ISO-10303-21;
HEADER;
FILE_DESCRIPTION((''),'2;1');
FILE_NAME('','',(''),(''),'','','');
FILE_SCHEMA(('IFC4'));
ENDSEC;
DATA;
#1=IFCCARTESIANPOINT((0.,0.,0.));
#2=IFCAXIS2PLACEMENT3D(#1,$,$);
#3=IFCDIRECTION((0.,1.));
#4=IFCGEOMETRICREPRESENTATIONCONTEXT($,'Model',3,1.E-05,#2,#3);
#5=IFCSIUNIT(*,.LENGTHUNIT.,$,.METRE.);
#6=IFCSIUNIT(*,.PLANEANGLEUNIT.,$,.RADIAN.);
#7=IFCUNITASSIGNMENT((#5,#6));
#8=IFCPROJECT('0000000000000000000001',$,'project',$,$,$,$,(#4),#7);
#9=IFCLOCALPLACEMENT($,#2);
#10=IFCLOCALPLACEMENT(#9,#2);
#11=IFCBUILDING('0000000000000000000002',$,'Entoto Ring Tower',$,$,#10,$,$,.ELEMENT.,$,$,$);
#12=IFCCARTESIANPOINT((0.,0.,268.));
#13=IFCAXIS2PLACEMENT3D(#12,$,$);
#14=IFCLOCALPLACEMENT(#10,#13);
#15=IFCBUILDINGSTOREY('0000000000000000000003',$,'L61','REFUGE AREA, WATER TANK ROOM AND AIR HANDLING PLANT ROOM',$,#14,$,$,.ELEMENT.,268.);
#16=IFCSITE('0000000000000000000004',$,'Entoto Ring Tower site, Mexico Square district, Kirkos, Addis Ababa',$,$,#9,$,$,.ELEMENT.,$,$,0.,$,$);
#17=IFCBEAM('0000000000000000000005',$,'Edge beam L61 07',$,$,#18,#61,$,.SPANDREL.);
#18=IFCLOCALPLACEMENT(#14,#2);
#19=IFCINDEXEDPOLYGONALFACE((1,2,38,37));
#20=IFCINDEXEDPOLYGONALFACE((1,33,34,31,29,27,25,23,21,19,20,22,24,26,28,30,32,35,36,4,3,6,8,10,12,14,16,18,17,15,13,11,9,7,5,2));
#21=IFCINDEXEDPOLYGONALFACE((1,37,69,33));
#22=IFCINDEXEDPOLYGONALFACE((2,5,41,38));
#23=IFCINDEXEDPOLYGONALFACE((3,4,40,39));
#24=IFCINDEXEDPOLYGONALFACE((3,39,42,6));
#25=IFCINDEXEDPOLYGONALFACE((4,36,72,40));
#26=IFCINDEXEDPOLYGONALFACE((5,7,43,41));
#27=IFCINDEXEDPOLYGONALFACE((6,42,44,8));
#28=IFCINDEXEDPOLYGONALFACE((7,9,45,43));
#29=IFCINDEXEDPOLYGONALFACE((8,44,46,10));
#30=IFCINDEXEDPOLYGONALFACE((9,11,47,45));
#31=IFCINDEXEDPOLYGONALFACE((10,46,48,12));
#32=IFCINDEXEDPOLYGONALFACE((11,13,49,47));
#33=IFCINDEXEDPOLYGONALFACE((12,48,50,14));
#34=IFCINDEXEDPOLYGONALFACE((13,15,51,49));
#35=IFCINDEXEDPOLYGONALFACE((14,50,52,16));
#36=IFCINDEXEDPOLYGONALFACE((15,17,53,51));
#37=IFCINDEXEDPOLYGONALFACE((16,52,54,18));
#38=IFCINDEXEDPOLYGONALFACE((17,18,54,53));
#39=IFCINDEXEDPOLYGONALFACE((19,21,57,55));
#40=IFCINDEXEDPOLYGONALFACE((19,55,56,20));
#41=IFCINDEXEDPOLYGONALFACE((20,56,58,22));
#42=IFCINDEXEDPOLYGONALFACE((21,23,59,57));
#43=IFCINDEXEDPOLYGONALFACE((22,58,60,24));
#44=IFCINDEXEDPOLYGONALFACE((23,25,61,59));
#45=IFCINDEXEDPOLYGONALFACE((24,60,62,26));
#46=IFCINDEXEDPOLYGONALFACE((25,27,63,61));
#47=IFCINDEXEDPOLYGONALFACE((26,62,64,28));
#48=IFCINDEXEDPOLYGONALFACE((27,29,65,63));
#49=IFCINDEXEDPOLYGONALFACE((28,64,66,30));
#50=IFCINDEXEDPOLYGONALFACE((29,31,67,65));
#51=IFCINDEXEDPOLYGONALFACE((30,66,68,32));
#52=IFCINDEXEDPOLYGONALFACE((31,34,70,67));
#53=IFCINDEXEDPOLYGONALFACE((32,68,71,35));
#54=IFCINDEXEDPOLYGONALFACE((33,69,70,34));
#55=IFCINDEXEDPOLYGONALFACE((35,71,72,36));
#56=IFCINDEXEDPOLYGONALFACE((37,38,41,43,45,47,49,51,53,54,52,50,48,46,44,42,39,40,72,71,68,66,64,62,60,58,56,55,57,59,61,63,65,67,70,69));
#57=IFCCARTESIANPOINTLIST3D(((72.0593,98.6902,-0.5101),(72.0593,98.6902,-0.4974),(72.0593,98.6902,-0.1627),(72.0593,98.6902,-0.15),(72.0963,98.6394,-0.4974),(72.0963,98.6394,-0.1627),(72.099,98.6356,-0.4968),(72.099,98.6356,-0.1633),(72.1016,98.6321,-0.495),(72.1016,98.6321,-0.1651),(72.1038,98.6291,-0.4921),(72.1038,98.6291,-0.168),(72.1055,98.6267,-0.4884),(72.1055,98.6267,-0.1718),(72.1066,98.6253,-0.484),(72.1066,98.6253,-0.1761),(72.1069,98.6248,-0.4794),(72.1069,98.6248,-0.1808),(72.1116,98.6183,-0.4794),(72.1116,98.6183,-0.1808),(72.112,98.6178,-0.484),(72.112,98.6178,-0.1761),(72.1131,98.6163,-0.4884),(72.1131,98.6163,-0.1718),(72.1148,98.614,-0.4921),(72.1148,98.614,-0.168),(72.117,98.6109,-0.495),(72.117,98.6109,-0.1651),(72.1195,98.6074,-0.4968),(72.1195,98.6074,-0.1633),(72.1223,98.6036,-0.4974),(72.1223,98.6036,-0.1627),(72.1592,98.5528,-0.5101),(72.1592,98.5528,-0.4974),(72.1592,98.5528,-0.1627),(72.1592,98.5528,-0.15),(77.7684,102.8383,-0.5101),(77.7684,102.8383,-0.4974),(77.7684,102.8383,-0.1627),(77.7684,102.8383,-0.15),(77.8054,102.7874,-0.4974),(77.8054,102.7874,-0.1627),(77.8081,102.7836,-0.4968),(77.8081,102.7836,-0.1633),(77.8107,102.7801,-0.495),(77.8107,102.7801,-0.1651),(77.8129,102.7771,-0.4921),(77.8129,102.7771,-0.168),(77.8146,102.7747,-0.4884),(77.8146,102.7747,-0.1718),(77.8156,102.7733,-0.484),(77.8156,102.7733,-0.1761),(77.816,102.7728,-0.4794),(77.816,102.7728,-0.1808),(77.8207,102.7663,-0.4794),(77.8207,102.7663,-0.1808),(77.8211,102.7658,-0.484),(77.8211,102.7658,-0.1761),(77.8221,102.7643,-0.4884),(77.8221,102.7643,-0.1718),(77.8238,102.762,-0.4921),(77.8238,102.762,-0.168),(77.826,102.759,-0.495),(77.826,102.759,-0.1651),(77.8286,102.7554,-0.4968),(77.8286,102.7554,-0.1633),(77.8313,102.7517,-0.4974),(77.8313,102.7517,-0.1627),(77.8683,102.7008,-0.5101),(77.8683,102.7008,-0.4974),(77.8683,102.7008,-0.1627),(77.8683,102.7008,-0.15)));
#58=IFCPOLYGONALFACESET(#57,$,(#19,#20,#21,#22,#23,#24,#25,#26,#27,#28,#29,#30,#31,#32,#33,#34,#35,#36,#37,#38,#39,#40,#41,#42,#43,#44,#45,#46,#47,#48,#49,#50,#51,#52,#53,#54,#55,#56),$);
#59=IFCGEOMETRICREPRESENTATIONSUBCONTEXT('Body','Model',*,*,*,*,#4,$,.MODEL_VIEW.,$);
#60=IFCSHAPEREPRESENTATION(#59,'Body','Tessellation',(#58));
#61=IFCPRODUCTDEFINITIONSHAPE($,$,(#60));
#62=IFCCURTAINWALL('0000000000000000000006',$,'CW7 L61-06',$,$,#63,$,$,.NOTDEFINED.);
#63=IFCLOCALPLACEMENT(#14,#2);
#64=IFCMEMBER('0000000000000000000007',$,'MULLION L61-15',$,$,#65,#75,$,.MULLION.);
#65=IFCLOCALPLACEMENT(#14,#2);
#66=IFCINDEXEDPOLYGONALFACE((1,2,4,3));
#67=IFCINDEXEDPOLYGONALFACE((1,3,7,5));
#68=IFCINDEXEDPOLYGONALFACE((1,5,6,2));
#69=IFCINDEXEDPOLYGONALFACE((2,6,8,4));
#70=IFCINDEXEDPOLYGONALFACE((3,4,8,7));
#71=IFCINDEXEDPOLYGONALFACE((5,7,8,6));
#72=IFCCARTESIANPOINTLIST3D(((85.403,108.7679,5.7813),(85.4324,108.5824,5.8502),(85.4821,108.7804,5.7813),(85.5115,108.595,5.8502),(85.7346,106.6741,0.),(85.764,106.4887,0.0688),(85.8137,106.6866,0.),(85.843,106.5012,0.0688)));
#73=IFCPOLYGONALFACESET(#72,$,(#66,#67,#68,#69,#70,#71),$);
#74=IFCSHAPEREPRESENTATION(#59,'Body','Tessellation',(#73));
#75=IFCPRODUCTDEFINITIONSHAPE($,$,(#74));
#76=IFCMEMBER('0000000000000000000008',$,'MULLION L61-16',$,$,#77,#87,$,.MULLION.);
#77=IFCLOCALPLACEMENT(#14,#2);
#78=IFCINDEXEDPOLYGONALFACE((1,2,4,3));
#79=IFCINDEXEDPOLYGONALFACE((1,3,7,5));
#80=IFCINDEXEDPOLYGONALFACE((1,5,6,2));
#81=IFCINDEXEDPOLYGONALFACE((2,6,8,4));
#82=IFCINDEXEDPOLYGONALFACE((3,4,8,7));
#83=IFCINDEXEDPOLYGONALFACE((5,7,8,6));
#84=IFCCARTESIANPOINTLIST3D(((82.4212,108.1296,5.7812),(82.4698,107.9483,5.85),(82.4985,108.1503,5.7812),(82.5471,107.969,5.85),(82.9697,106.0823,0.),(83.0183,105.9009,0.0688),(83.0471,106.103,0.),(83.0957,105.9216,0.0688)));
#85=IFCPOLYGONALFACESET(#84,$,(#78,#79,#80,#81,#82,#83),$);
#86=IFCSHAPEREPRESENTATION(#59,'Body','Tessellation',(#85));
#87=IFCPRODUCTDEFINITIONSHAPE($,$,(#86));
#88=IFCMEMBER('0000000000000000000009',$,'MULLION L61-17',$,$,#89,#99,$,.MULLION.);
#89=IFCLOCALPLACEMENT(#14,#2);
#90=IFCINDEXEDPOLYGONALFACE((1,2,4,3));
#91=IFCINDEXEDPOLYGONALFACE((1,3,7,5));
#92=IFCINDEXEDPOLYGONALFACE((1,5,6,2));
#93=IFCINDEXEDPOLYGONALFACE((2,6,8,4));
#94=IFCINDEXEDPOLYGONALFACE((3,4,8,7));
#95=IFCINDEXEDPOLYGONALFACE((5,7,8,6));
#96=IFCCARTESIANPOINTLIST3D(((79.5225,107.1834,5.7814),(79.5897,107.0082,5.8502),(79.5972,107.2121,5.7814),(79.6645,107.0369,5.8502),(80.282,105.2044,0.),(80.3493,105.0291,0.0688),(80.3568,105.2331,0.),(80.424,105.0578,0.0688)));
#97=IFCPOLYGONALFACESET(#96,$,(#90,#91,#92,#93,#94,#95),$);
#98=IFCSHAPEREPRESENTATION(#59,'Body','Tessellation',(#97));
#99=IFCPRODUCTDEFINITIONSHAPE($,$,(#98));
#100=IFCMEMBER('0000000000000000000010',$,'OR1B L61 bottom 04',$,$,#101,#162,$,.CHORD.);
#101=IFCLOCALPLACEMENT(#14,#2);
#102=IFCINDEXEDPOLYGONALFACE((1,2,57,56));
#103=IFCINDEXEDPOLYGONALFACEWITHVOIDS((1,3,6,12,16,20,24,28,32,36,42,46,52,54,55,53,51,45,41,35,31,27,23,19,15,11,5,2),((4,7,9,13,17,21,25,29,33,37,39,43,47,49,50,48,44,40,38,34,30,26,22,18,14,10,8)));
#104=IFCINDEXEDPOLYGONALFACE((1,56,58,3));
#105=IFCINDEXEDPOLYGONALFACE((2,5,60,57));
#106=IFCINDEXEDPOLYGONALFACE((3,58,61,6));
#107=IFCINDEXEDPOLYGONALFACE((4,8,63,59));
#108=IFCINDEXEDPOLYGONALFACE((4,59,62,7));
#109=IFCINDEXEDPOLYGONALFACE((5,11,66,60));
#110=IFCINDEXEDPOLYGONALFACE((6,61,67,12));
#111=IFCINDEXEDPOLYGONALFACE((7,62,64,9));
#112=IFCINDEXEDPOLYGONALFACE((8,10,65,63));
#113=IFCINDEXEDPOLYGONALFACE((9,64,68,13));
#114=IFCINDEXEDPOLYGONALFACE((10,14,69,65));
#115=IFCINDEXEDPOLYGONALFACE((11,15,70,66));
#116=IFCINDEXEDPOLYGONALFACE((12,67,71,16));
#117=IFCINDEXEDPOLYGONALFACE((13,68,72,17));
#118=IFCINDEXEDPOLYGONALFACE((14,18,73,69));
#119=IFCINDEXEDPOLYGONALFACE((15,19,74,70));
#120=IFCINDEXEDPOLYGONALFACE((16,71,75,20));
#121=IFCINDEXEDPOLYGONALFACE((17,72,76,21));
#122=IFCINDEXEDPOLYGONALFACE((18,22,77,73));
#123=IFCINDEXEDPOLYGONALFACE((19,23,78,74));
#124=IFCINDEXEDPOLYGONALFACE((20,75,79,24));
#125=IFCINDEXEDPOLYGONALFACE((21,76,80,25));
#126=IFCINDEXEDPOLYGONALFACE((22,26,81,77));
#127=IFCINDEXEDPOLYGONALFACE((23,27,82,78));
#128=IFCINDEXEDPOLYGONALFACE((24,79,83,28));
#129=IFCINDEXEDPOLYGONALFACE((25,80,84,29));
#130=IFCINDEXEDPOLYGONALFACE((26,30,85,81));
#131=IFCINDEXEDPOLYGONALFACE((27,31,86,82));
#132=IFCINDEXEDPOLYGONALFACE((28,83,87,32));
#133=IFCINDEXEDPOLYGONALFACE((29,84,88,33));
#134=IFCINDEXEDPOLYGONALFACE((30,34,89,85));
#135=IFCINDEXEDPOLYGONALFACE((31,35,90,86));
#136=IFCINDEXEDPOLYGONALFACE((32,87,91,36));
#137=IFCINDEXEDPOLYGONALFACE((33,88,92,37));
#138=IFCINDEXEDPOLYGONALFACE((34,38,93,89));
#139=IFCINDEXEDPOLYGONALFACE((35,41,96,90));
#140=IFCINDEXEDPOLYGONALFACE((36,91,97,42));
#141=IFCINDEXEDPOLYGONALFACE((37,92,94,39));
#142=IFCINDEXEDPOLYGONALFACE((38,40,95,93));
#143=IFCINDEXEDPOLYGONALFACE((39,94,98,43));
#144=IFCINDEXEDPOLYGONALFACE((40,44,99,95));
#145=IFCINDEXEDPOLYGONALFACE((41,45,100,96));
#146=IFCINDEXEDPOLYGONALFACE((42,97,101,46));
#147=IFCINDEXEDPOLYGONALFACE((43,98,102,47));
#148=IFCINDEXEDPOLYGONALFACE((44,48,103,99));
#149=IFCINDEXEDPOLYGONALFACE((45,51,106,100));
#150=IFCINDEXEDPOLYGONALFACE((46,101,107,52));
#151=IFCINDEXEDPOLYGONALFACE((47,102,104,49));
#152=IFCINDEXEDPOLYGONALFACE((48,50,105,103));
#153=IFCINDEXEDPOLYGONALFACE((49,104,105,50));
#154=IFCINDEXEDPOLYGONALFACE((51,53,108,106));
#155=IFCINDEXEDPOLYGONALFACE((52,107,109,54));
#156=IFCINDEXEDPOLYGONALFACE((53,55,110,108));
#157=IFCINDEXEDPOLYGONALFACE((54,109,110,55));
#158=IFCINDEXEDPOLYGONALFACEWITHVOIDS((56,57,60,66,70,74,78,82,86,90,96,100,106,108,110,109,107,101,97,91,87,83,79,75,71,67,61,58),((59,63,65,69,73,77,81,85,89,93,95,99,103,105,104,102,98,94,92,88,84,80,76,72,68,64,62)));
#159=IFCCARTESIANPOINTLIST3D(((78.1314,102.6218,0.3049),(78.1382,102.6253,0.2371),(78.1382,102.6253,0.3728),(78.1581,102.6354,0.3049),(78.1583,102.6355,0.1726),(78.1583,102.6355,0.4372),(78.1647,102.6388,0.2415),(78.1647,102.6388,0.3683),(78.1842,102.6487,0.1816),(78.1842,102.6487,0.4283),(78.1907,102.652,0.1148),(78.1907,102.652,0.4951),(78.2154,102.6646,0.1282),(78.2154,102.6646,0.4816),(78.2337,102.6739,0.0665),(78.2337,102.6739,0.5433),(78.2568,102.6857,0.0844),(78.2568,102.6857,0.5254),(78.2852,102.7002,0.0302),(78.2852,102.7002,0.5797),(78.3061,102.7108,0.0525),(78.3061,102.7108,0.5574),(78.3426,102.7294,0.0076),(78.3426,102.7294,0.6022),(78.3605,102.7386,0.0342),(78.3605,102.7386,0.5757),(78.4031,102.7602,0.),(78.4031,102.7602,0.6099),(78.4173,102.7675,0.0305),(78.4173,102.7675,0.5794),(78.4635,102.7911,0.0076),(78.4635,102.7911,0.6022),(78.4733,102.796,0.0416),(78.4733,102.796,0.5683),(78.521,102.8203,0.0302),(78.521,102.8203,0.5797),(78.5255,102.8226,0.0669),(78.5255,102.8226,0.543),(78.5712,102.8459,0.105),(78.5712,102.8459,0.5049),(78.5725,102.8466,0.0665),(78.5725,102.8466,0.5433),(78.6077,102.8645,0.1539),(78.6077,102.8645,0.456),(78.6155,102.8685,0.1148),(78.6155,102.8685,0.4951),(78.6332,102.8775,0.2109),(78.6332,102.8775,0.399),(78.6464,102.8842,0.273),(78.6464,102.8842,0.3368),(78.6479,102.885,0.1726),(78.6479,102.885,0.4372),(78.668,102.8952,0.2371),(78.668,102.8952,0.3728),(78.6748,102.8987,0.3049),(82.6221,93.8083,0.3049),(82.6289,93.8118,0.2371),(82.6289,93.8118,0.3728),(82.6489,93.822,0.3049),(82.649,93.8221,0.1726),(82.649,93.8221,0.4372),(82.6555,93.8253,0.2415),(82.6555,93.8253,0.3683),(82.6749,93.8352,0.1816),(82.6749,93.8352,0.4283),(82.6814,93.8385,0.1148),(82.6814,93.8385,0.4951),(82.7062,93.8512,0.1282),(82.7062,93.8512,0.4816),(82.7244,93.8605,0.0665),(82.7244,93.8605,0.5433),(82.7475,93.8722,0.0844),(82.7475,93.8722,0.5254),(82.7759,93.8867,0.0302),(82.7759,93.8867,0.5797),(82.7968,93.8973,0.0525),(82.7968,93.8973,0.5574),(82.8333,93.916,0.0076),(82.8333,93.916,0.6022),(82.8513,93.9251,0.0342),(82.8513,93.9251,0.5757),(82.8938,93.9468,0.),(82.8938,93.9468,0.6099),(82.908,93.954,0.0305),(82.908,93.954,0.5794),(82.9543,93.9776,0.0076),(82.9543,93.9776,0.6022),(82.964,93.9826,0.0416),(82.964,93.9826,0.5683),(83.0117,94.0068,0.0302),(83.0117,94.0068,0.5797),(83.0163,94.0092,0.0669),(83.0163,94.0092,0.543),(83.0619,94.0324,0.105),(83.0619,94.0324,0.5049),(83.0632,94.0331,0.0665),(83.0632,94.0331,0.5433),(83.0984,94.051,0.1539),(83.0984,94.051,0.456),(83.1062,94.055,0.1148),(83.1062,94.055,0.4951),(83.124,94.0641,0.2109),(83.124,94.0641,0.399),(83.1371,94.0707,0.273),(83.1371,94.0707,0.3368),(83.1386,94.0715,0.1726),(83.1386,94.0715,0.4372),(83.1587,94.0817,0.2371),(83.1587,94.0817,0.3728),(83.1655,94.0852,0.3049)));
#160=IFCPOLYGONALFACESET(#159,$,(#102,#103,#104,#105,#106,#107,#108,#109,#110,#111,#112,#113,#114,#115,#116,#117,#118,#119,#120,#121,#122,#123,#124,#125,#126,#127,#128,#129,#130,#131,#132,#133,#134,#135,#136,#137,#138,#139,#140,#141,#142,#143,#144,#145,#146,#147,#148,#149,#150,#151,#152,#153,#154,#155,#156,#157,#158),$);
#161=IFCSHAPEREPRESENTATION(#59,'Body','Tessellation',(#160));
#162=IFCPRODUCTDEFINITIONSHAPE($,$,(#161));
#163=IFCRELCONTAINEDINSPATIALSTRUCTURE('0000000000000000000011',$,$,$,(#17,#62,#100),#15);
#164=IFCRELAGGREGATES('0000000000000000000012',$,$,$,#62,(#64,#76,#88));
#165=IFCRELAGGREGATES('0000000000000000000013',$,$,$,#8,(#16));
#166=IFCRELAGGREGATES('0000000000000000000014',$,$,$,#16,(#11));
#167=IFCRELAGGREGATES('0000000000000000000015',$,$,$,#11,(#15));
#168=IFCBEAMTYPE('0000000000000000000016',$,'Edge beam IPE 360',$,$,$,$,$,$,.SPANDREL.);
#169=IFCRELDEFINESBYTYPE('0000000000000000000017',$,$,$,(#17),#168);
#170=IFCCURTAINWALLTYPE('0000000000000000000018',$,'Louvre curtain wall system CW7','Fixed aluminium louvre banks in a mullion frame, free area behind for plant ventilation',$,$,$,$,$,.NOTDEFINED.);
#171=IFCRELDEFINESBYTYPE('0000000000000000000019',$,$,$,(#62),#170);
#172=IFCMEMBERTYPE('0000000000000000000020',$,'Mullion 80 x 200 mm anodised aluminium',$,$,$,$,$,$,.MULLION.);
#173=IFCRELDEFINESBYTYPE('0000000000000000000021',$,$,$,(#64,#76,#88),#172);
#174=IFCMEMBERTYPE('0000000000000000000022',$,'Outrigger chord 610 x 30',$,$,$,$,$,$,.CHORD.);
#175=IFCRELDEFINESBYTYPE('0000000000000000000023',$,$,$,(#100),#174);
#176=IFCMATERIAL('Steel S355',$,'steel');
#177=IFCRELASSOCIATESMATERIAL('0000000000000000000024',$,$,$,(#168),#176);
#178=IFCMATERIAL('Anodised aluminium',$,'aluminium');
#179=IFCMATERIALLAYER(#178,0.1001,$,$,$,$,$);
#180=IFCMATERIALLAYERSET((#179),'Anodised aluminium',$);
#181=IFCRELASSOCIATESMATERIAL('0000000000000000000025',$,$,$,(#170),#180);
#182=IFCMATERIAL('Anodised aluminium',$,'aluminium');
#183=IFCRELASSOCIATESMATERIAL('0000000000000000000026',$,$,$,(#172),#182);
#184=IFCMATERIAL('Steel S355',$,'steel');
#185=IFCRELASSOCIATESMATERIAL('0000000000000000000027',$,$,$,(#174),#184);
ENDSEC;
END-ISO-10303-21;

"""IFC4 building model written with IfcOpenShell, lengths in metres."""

from ifc_helpers import new_model, si_unit, direction, frame, origin, origin_2d, place, context, subcontext, project, spatial, rectangle, circle, hollow_circle, i_section, extrude, material, layer, layer_set, material_profile, profile_set, type_object, element, aggregate, save


model = new_model("IFC4")

# Units and contexts
model_context = context("Model", 3, precision=1e-05, world=origin(), true_north=direction((0.0, 1.0)))
body_context = subcontext(model_context, "Body", "Model", "MODEL_VIEW")
ifc_project = project(units=[si_unit("LENGTHUNIT", "METRE"), si_unit("PLANEANGLEUNIT", "RADIAN")], contexts=[model_context])

# Site, building, storey
site_placement = place(None, origin())
site = spatial("IfcSite", under=ifc_project, at=site_placement, Name="Entoto Ring Tower site, Mexico Square district, Kirkos, Addis Ababa", CompositionType="ELEMENT", RefElevation=0.0)
building_placement = place(site_placement, origin())
building = spatial("IfcBuilding", under=site, at=building_placement, Name="Entoto Ring Tower", CompositionType="ELEMENT")
storey_placement = place(building_placement, frame((0.0, 0.0, 268.0)))
storey = spatial("IfcBuildingStorey", under=building, at=storey_placement, Name="L61", Description="REFUGE AREA, WATER TANK ROOM AND AIR HANDLING PLANT ROOM", CompositionType="ELEMENT", Elevation=268.0)

# Beam
ifc_material_1 = material(Name="Steel S355", Category="steel")
ifc_material_profile_1 = material_profile(ifc_material_1, i_section(OverallWidth=0.1699, OverallDepth=0.3601, WebThickness=0.0081, FlangeThickness=0.0127, FilletRadius=0.0181, at=origin_2d()), Name="IPE 360")
ifc_profile_set_1 = profile_set([ifc_material_profile_1], Name="Steel S355")
beam_type_1 = type_object("IfcBeamType", Name="Edge beam IPE 360", PredefinedType="SPANDREL", material=ifc_profile_set_1)
for number, where, z_axis, x_axis, name in (
    (1, (77.8184, 102.7695, -0.3301), (-0.809008, -0.587797, 0.0), (0.587797, -0.809008, 0.0), "Edge beam L61 07"),
):
    element("IfcBeam", number, at=place(storey_placement, frame(where, z_axis=z_axis, x_axis=x_axis)), inside=storey, type_object=beam_type_1, Name=name, PredefinedType="SPANDREL", context=body_context, shape_type="SweptSolid", body=[
        extrude(i_section(OverallWidth=0.1699, OverallDepth=0.3601, WebThickness=0.0081, FlangeThickness=0.0127, FilletRadius=0.0181, at=origin_2d()), origin(), (0.0, 0.0, 1.0), 7.0569),
    ])

# Curtain wall, members
ifc_material_2 = material(Name="Anodised aluminium", Category="aluminium")
ifc_layer_1 = layer(ifc_material_2, 0.1001)
ifc_layer_set_1 = layer_set([ifc_layer_1], Name="Anodised aluminium")
curtain_wall_type = type_object("IfcCurtainWallType", Name="Louvre curtain wall system CW7", Description="Fixed aluminium louvre banks in a mullion frame, free area behind for plant ventilation", PredefinedType="NOTDEFINED", material=ifc_layer_set_1)
curtain_wall_placement = place(storey_placement, origin())
curtain_wall = element("IfcCurtainWall", 2, at=curtain_wall_placement, inside=storey, type_object=curtain_wall_type, Name="CW7 L61-06", PredefinedType="NOTDEFINED")
ifc_material_3 = material(Name="Anodised aluminium", Category="aluminium")
ifc_material_profile_2 = material_profile(ifc_material_3, rectangle(XDim=0.0801, YDim=0.2, at=origin_2d()), Name="Mullion 80 x 200 mm anodised aluminium")
ifc_profile_set_2 = profile_set([ifc_material_profile_2], Name="Anodised aluminium")
member_type_1 = type_object("IfcMemberType", Name="Mullion 80 x 200 mm anodised aluminium", PredefinedType="MULLION", material=ifc_profile_set_2)
member_1_placement = place(storey_placement, frame((85.7888, 106.5876, 0.0344), z_axis=(-0.053843, 0.340025, 0.938874), x_axis=(-0.987694, -0.1564, 0.0)))
member_1 = element("IfcMember", 3, at=member_1_placement, type_object=member_type_1, Name="MULLION L61-15", PredefinedType="MULLION", context=body_context, shape_type="SweptSolid", body=[
    extrude(rectangle(XDim=0.0801, YDim=0.2, at=origin_2d()), origin(), (0.0, 0.0, 1.0), 6.1577),
])
member_2_placement = place(storey_placement, frame((83.0327, 106.002, 0.0344), z_axis=(-0.089091, 0.332496, 0.938887), x_axis=(-0.965926, -0.258817, 0.0)))
member_2 = element("IfcMember", 4, at=member_2_placement, type_object=member_type_1, Name="MULLION L61-16", PredefinedType="MULLION", context=body_context, shape_type="SweptSolid", body=[
    extrude(rectangle(XDim=0.0801, YDim=0.2, at=origin_2d()), origin(), (0.0, 0.0, 1.0), 6.1575),
])
member_3_placement = place(storey_placement, frame((80.353, 105.1311, 0.0344), z_axis=(-0.123347, 0.321391, 0.938879), x_axis=(-0.933604, -0.358308, 0.0)))
member_3 = element("IfcMember", 5, at=member_3_placement, type_object=member_type_1, Name="MULLION L61-17", PredefinedType="MULLION", context=body_context, shape_type="SweptSolid", body=[
    extrude(rectangle(XDim=0.0801, YDim=0.2, at=origin_2d()), origin(), (0.0, 0.0, 1.0), 6.1577),
])
aggregate(curtain_wall, [member_1, member_2, member_3])

# Member
ifc_material_4 = material(Name="Steel S355", Category="steel")
ifc_material_profile_3 = material_profile(ifc_material_4, hollow_circle(Radius=0.3049, WallThickness=0.03, at=origin_2d()), Name="CHS 610 x 30")
ifc_material_5 = material(Name="Concrete C60/75", Category="concrete")
ifc_material_profile_4 = material_profile(ifc_material_5, circle(Radius=0.2749, at=origin_2d()), Name="Concrete C60/75 infill")
ifc_profile_set_3 = profile_set([ifc_material_profile_3, ifc_material_profile_4], Name="Steel S355")
member_type_2 = type_object("IfcMemberType", Name="Outrigger chord 610 x 30", PredefinedType="CHORD", material=ifc_profile_set_3)
member_4_placement = place(storey_placement, frame((82.8938, 93.9468, 0.3049), z_axis=(-0.453993, 0.891005, 0.0), x_axis=(-0.891005, -0.453993, 0.0)))
element("IfcMember", 6, at=member_4_placement, inside=storey, type_object=member_type_2, Name="OR1B L61 bottom 04", PredefinedType="CHORD", context=body_context, shape_type="SweptSolid", body=[
    extrude(hollow_circle(Radius=0.3049, WallThickness=0.03, at=origin_2d()), origin(), (0.0, 0.0, 1.0), 9.8916),
])

save(model, "model.ifc")
